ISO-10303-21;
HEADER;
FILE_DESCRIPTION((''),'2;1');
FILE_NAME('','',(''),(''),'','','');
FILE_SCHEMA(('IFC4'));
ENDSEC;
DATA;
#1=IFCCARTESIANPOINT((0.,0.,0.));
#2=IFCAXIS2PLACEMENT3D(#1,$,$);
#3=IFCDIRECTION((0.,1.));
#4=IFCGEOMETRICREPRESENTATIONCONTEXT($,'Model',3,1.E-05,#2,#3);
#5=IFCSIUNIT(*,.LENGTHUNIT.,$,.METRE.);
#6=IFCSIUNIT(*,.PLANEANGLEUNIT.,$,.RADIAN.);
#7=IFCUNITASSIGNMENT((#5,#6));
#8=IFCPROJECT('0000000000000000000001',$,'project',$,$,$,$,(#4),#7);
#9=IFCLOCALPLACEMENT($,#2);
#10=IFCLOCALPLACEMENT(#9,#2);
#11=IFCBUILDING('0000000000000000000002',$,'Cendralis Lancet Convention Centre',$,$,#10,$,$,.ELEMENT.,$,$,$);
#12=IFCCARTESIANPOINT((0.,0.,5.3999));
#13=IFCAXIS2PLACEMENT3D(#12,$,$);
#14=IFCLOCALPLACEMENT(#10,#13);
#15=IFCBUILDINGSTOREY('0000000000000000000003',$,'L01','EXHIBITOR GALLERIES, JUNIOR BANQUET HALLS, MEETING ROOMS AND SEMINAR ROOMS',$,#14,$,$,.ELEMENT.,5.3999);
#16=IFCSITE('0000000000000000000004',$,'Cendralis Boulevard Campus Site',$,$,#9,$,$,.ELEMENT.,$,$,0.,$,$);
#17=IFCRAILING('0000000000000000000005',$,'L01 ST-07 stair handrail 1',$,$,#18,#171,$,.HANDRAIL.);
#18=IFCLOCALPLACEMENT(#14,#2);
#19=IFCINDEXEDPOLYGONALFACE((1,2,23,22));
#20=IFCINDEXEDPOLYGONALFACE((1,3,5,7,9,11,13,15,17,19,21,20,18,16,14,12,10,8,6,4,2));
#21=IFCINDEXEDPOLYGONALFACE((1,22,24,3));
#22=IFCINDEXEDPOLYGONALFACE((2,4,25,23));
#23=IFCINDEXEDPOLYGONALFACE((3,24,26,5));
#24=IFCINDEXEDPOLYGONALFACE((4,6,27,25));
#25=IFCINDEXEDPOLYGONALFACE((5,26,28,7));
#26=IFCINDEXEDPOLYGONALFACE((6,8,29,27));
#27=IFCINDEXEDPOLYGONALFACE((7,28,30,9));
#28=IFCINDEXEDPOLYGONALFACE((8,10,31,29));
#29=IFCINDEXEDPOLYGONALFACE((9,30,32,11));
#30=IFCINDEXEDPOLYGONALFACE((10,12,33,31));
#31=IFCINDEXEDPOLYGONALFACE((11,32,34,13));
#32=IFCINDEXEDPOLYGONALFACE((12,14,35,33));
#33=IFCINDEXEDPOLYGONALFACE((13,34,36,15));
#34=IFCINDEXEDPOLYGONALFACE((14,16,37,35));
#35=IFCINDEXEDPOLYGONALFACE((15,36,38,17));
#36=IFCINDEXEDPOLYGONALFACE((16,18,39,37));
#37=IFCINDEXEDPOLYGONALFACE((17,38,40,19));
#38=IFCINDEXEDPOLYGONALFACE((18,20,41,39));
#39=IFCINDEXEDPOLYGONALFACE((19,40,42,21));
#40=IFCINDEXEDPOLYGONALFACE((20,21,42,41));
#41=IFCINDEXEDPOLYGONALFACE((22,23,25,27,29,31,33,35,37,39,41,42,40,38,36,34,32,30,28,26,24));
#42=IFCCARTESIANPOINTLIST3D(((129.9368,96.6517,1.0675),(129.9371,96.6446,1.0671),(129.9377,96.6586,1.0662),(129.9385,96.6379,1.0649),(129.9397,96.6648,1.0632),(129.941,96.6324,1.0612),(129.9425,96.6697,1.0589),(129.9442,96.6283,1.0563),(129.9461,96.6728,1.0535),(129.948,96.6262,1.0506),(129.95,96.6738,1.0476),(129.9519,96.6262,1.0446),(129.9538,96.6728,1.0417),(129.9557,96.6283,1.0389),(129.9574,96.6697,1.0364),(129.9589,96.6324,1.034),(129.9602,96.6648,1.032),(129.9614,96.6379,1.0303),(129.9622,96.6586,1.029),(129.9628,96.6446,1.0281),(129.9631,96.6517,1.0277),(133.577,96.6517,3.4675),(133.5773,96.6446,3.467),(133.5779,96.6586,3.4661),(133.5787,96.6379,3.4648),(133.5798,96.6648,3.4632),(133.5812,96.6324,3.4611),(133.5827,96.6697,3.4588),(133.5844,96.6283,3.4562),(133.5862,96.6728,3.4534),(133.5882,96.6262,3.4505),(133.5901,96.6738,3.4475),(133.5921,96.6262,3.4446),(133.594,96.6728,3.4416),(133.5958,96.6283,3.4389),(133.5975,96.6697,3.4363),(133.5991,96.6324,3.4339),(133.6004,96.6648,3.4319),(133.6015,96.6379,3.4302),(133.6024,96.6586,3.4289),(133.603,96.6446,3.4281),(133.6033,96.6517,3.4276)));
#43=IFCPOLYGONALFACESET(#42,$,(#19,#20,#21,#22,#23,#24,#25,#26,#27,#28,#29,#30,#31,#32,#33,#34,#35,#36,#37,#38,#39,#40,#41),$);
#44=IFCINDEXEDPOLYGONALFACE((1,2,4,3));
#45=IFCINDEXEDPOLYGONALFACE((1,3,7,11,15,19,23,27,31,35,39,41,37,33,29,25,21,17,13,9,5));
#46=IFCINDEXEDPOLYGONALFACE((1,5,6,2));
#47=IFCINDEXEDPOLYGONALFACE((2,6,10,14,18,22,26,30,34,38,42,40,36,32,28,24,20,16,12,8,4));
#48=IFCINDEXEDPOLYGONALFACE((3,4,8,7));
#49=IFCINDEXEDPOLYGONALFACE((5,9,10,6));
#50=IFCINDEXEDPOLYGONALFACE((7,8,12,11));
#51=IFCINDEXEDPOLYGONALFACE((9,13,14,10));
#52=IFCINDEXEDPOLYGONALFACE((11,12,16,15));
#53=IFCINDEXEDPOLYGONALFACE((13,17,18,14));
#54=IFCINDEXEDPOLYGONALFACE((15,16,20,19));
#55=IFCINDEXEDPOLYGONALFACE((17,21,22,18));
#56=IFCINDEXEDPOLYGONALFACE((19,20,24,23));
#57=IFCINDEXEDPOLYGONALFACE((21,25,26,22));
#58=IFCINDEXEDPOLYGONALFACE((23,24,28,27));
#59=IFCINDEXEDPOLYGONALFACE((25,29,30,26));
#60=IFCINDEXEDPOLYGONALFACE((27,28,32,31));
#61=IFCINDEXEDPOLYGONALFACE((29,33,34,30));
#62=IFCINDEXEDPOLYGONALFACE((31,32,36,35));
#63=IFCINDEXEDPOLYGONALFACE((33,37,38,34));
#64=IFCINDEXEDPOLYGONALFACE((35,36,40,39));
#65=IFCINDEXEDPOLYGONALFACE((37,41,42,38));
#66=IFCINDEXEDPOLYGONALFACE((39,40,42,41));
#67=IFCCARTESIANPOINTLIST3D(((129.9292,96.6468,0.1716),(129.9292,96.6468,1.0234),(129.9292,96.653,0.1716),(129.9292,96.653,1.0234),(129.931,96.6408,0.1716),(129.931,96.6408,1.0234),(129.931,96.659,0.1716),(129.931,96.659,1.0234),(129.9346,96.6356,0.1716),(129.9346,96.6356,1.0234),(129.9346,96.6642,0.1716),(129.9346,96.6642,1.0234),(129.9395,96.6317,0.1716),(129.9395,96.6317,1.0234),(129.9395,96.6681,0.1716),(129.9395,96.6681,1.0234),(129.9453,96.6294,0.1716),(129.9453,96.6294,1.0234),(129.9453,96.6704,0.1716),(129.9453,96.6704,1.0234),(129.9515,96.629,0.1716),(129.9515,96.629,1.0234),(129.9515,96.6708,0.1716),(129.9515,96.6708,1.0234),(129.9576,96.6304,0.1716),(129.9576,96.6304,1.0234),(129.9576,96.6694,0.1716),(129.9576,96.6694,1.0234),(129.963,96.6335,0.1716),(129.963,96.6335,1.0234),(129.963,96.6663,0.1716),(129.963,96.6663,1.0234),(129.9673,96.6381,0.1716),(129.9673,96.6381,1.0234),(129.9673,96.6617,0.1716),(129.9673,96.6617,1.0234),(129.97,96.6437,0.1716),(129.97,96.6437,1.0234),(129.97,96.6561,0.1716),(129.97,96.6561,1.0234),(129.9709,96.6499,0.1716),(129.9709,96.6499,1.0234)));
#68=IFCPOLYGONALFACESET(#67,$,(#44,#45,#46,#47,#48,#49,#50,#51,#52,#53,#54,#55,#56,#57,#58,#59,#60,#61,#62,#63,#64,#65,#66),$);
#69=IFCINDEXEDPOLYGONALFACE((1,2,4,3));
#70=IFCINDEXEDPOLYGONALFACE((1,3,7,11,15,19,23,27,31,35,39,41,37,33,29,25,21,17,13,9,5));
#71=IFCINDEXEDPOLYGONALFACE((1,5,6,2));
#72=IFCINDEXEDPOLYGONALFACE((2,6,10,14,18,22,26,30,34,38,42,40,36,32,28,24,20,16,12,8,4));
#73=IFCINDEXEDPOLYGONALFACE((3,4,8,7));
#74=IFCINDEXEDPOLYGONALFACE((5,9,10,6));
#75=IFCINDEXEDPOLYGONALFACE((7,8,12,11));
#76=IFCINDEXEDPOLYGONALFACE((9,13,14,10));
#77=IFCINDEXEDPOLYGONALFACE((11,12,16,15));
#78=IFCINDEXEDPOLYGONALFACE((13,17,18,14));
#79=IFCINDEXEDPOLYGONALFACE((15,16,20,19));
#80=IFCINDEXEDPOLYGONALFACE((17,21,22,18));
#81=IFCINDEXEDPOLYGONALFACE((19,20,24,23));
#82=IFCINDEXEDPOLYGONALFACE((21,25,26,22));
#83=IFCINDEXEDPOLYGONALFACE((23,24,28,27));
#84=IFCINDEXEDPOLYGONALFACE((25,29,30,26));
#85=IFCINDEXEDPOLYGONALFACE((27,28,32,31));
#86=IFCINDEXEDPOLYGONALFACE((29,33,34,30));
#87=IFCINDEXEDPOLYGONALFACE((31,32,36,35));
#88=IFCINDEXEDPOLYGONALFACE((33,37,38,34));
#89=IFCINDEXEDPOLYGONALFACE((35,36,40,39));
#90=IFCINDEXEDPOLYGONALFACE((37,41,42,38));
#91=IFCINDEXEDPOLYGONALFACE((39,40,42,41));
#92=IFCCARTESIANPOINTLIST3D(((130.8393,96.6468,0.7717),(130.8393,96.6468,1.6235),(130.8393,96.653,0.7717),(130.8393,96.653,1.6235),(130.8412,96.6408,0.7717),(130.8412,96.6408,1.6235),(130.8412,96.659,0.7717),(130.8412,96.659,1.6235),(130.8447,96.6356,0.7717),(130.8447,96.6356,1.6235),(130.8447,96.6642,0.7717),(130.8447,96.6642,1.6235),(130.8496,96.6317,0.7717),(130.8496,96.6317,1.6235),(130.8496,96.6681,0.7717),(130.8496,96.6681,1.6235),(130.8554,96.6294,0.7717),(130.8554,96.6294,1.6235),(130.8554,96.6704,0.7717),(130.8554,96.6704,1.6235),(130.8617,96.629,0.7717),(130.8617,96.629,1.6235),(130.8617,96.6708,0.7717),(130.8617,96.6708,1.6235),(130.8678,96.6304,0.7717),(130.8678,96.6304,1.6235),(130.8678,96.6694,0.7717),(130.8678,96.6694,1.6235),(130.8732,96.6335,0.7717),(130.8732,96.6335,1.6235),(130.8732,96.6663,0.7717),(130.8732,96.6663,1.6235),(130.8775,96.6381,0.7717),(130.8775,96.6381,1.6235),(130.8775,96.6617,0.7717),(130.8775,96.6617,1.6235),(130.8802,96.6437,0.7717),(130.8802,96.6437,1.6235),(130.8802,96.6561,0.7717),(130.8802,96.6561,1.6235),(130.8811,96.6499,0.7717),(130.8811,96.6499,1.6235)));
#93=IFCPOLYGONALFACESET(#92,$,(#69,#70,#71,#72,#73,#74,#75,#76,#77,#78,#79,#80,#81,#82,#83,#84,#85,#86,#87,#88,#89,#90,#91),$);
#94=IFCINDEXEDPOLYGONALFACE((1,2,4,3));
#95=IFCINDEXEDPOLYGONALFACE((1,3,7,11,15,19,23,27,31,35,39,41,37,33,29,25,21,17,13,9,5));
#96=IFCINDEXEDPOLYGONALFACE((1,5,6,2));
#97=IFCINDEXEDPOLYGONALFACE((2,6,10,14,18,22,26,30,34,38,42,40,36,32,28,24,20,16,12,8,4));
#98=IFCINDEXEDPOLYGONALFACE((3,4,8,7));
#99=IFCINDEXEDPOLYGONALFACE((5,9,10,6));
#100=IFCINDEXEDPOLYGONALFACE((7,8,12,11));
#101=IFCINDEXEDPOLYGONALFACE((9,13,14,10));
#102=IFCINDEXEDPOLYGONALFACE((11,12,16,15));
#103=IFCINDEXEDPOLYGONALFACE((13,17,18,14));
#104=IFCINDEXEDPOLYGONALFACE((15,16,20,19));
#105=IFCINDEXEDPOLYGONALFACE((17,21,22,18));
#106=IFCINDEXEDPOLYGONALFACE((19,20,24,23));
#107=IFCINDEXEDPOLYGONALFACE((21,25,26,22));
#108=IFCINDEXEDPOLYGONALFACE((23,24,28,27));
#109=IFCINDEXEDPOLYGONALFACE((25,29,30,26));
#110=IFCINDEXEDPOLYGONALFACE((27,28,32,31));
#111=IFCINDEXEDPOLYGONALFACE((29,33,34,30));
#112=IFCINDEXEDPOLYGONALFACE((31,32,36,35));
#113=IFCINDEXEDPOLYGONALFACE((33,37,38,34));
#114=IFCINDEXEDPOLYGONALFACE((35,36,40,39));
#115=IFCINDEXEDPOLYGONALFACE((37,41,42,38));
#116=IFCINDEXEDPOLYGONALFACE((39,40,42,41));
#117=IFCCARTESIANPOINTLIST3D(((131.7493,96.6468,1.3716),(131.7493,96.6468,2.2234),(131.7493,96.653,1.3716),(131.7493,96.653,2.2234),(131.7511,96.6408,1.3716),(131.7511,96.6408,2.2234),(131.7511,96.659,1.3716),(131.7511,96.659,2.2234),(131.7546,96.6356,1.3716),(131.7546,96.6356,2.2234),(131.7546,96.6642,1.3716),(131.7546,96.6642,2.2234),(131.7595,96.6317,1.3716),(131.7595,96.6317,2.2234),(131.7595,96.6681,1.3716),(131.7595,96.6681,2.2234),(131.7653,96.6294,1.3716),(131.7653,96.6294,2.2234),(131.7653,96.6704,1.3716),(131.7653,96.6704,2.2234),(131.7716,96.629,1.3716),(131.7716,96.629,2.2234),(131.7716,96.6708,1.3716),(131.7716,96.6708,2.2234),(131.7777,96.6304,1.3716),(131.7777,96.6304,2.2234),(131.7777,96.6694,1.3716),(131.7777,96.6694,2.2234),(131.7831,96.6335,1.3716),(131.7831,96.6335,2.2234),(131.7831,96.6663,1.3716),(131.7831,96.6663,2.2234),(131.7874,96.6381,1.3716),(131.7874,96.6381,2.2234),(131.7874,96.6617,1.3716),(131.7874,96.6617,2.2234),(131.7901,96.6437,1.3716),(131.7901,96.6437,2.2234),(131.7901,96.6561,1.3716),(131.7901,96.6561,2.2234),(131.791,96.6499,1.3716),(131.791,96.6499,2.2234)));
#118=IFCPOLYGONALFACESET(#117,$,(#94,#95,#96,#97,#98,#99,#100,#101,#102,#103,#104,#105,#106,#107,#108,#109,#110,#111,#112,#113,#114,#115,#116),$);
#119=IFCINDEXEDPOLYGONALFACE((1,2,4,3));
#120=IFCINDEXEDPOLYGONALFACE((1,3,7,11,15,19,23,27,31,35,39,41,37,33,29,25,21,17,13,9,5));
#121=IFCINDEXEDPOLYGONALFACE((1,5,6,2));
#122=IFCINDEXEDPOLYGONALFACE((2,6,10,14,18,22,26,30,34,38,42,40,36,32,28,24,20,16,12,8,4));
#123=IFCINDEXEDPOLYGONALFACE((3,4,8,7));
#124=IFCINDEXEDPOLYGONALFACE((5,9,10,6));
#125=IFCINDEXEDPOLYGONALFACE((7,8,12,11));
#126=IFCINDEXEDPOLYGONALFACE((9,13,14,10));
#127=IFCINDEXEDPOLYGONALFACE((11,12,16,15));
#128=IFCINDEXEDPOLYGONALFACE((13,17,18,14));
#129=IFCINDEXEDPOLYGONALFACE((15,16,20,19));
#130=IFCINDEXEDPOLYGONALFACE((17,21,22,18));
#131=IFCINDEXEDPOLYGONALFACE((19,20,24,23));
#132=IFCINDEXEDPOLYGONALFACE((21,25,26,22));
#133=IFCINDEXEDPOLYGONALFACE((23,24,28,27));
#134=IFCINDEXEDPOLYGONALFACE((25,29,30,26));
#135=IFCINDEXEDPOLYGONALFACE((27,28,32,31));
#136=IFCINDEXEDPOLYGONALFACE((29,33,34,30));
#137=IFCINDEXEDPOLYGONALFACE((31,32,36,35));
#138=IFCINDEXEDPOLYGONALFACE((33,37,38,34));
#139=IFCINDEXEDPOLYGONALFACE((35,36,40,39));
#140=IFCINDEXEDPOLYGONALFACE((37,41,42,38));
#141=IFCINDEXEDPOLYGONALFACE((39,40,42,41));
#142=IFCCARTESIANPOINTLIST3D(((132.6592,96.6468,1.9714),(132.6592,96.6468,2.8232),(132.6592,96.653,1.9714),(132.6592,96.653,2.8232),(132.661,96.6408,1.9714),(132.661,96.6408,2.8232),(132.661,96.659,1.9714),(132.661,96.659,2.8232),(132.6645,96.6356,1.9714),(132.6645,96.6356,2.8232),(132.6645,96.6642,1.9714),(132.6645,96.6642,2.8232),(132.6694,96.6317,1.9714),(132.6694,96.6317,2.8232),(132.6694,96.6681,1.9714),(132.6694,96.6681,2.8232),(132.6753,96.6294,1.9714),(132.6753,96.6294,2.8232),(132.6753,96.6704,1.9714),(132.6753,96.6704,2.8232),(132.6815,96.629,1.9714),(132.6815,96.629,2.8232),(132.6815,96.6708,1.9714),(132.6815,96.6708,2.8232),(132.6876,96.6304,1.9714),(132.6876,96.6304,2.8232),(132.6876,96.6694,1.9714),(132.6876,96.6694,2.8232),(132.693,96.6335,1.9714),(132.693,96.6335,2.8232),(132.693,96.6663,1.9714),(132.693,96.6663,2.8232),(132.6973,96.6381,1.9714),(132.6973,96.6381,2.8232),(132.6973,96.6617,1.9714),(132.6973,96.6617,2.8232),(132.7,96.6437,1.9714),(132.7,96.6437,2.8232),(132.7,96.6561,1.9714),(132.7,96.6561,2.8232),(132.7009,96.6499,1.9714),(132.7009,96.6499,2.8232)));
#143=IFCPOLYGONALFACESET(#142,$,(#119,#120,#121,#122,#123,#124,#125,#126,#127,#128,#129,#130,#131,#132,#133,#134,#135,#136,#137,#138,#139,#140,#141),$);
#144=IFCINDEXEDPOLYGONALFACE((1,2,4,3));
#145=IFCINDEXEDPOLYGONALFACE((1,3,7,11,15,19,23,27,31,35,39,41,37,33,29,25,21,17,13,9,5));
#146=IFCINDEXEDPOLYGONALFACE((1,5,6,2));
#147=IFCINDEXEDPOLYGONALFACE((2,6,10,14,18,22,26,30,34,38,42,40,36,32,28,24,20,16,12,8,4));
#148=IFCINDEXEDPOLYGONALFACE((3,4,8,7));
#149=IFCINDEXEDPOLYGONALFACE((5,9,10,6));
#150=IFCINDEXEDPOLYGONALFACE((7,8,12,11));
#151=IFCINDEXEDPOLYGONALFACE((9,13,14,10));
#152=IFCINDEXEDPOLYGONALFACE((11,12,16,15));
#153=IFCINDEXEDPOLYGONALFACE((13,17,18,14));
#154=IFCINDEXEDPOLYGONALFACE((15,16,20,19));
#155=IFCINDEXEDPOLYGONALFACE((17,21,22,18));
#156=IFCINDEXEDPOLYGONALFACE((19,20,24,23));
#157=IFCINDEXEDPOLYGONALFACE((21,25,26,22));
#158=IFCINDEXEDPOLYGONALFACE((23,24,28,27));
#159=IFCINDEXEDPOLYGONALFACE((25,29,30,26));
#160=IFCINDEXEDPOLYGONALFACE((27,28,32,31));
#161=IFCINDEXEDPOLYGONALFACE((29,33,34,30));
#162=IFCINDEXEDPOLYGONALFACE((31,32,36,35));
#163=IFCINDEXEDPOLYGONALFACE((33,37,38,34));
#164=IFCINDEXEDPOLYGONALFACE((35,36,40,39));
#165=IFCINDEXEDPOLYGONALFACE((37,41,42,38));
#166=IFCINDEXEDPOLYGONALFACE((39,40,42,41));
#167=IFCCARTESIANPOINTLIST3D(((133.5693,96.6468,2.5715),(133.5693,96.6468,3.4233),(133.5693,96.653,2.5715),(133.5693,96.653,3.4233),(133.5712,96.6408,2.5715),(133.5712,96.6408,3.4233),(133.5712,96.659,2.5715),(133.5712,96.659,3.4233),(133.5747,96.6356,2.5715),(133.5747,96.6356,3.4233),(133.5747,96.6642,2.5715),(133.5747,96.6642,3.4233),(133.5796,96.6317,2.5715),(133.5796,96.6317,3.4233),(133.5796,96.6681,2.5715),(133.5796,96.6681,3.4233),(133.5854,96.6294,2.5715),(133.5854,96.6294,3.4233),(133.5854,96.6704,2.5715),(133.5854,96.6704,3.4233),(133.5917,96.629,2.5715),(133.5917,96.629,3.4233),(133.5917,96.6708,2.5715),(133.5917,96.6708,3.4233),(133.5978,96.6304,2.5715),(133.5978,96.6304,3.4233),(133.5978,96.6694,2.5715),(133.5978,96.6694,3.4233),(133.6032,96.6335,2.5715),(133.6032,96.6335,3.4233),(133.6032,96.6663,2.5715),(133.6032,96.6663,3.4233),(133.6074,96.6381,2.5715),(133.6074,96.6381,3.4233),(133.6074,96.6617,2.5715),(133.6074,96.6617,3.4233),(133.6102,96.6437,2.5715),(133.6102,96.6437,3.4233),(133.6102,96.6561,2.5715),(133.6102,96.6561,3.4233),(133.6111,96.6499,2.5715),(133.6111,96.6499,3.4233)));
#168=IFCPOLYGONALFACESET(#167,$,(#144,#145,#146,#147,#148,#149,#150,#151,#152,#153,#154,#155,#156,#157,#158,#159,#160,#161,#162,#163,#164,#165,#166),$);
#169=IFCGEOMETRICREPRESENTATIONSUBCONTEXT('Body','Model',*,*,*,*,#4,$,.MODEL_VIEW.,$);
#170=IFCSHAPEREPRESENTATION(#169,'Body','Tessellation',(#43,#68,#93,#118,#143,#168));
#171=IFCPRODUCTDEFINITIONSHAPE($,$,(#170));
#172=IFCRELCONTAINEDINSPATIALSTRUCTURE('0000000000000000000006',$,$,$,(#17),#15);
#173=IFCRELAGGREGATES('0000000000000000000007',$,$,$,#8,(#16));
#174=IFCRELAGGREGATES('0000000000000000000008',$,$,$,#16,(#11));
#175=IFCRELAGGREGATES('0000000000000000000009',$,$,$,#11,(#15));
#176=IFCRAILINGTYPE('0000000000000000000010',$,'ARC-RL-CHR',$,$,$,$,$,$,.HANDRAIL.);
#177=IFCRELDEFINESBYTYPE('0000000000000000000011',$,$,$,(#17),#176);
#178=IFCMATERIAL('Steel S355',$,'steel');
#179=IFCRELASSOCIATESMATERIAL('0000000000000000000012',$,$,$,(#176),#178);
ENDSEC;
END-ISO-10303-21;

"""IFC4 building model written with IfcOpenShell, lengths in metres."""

from ifc_helpers import new_model, si_unit, direction, frame, origin, origin_2d, place, context, subcontext, project, spatial, circle, extrude, material, type_object, element, save


model = new_model("IFC4")

# Units and contexts
model_context = context("Model", 3, precision=1e-05, world=origin(), true_north=direction((0.0, 1.0)))
body_context = subcontext(model_context, "Body", "Model", "MODEL_VIEW")
ifc_project = project(units=[si_unit("LENGTHUNIT", "METRE"), si_unit("PLANEANGLEUNIT", "RADIAN")], contexts=[model_context])

# Site, building, storey
site_placement = place(None, origin())
site = spatial("IfcSite", under=ifc_project, at=site_placement, Name="Cendralis Boulevard Campus Site", CompositionType="ELEMENT", RefElevation=0.0)
building_placement = place(site_placement, origin())
building = spatial("IfcBuilding", under=site, at=building_placement, Name="Cendralis Lancet Convention Centre", CompositionType="ELEMENT")
storey_placement = place(building_placement, frame((0.0, 0.0, 5.3999)))
storey = spatial("IfcBuildingStorey", under=building, at=storey_placement, Name="L01", Description="EXHIBITOR GALLERIES, JUNIOR BANQUET HALLS, MEETING ROOMS AND SEMINAR ROOMS", CompositionType="ELEMENT", Elevation=5.3999)

# Shared definitions
ifc_material_1 = material(Name="Steel S355", Category="steel")

# Railing
railing_type_1 = type_object("IfcRailingType", Name="ARC-RL-CHR", PredefinedType="HANDRAIL", material=ifc_material_1)
railing_1_placement = place(storey_placement, frame((129.95, 96.6499, 0.1716)))
element("IfcRailing", 1, at=railing_1_placement, inside=storey, type_object=railing_type_1, Name="L01 ST-07 stair handrail 1", PredefinedType="HANDRAIL", context=body_context, shape_type="SweptSolid", body=[
    extrude(circle(Radius=0.0239, at=origin_2d()), frame((0.0, 0.0, 0.876), z_axis=(0.834882, 0.0, 0.550429), x_axis=(0.0, 1.0, 0.0)), (0.0, 0.0, 1.0), 4.3601),
    extrude(circle(Radius=0.021, at=origin_2d()), origin(), (0.0, 0.0, 1.0), 0.8518),
    extrude(circle(Radius=0.021, at=origin_2d()), frame((0.9102, 0.0, 0.6001)), (0.0, 0.0, 1.0), 0.8518),
    extrude(circle(Radius=0.021, at=origin_2d()), frame((1.8201, 0.0, 1.2)), (0.0, 0.0, 1.0), 0.8518),
    extrude(circle(Radius=0.021, at=origin_2d()), frame((2.73, 0.0, 1.7998)), (0.0, 0.0, 1.0), 0.8518),
    extrude(circle(Radius=0.021, at=origin_2d()), frame((3.6401, 0.0, 2.3999)), (0.0, 0.0, 1.0), 0.8518),
])

save(model, "model.ifc")
